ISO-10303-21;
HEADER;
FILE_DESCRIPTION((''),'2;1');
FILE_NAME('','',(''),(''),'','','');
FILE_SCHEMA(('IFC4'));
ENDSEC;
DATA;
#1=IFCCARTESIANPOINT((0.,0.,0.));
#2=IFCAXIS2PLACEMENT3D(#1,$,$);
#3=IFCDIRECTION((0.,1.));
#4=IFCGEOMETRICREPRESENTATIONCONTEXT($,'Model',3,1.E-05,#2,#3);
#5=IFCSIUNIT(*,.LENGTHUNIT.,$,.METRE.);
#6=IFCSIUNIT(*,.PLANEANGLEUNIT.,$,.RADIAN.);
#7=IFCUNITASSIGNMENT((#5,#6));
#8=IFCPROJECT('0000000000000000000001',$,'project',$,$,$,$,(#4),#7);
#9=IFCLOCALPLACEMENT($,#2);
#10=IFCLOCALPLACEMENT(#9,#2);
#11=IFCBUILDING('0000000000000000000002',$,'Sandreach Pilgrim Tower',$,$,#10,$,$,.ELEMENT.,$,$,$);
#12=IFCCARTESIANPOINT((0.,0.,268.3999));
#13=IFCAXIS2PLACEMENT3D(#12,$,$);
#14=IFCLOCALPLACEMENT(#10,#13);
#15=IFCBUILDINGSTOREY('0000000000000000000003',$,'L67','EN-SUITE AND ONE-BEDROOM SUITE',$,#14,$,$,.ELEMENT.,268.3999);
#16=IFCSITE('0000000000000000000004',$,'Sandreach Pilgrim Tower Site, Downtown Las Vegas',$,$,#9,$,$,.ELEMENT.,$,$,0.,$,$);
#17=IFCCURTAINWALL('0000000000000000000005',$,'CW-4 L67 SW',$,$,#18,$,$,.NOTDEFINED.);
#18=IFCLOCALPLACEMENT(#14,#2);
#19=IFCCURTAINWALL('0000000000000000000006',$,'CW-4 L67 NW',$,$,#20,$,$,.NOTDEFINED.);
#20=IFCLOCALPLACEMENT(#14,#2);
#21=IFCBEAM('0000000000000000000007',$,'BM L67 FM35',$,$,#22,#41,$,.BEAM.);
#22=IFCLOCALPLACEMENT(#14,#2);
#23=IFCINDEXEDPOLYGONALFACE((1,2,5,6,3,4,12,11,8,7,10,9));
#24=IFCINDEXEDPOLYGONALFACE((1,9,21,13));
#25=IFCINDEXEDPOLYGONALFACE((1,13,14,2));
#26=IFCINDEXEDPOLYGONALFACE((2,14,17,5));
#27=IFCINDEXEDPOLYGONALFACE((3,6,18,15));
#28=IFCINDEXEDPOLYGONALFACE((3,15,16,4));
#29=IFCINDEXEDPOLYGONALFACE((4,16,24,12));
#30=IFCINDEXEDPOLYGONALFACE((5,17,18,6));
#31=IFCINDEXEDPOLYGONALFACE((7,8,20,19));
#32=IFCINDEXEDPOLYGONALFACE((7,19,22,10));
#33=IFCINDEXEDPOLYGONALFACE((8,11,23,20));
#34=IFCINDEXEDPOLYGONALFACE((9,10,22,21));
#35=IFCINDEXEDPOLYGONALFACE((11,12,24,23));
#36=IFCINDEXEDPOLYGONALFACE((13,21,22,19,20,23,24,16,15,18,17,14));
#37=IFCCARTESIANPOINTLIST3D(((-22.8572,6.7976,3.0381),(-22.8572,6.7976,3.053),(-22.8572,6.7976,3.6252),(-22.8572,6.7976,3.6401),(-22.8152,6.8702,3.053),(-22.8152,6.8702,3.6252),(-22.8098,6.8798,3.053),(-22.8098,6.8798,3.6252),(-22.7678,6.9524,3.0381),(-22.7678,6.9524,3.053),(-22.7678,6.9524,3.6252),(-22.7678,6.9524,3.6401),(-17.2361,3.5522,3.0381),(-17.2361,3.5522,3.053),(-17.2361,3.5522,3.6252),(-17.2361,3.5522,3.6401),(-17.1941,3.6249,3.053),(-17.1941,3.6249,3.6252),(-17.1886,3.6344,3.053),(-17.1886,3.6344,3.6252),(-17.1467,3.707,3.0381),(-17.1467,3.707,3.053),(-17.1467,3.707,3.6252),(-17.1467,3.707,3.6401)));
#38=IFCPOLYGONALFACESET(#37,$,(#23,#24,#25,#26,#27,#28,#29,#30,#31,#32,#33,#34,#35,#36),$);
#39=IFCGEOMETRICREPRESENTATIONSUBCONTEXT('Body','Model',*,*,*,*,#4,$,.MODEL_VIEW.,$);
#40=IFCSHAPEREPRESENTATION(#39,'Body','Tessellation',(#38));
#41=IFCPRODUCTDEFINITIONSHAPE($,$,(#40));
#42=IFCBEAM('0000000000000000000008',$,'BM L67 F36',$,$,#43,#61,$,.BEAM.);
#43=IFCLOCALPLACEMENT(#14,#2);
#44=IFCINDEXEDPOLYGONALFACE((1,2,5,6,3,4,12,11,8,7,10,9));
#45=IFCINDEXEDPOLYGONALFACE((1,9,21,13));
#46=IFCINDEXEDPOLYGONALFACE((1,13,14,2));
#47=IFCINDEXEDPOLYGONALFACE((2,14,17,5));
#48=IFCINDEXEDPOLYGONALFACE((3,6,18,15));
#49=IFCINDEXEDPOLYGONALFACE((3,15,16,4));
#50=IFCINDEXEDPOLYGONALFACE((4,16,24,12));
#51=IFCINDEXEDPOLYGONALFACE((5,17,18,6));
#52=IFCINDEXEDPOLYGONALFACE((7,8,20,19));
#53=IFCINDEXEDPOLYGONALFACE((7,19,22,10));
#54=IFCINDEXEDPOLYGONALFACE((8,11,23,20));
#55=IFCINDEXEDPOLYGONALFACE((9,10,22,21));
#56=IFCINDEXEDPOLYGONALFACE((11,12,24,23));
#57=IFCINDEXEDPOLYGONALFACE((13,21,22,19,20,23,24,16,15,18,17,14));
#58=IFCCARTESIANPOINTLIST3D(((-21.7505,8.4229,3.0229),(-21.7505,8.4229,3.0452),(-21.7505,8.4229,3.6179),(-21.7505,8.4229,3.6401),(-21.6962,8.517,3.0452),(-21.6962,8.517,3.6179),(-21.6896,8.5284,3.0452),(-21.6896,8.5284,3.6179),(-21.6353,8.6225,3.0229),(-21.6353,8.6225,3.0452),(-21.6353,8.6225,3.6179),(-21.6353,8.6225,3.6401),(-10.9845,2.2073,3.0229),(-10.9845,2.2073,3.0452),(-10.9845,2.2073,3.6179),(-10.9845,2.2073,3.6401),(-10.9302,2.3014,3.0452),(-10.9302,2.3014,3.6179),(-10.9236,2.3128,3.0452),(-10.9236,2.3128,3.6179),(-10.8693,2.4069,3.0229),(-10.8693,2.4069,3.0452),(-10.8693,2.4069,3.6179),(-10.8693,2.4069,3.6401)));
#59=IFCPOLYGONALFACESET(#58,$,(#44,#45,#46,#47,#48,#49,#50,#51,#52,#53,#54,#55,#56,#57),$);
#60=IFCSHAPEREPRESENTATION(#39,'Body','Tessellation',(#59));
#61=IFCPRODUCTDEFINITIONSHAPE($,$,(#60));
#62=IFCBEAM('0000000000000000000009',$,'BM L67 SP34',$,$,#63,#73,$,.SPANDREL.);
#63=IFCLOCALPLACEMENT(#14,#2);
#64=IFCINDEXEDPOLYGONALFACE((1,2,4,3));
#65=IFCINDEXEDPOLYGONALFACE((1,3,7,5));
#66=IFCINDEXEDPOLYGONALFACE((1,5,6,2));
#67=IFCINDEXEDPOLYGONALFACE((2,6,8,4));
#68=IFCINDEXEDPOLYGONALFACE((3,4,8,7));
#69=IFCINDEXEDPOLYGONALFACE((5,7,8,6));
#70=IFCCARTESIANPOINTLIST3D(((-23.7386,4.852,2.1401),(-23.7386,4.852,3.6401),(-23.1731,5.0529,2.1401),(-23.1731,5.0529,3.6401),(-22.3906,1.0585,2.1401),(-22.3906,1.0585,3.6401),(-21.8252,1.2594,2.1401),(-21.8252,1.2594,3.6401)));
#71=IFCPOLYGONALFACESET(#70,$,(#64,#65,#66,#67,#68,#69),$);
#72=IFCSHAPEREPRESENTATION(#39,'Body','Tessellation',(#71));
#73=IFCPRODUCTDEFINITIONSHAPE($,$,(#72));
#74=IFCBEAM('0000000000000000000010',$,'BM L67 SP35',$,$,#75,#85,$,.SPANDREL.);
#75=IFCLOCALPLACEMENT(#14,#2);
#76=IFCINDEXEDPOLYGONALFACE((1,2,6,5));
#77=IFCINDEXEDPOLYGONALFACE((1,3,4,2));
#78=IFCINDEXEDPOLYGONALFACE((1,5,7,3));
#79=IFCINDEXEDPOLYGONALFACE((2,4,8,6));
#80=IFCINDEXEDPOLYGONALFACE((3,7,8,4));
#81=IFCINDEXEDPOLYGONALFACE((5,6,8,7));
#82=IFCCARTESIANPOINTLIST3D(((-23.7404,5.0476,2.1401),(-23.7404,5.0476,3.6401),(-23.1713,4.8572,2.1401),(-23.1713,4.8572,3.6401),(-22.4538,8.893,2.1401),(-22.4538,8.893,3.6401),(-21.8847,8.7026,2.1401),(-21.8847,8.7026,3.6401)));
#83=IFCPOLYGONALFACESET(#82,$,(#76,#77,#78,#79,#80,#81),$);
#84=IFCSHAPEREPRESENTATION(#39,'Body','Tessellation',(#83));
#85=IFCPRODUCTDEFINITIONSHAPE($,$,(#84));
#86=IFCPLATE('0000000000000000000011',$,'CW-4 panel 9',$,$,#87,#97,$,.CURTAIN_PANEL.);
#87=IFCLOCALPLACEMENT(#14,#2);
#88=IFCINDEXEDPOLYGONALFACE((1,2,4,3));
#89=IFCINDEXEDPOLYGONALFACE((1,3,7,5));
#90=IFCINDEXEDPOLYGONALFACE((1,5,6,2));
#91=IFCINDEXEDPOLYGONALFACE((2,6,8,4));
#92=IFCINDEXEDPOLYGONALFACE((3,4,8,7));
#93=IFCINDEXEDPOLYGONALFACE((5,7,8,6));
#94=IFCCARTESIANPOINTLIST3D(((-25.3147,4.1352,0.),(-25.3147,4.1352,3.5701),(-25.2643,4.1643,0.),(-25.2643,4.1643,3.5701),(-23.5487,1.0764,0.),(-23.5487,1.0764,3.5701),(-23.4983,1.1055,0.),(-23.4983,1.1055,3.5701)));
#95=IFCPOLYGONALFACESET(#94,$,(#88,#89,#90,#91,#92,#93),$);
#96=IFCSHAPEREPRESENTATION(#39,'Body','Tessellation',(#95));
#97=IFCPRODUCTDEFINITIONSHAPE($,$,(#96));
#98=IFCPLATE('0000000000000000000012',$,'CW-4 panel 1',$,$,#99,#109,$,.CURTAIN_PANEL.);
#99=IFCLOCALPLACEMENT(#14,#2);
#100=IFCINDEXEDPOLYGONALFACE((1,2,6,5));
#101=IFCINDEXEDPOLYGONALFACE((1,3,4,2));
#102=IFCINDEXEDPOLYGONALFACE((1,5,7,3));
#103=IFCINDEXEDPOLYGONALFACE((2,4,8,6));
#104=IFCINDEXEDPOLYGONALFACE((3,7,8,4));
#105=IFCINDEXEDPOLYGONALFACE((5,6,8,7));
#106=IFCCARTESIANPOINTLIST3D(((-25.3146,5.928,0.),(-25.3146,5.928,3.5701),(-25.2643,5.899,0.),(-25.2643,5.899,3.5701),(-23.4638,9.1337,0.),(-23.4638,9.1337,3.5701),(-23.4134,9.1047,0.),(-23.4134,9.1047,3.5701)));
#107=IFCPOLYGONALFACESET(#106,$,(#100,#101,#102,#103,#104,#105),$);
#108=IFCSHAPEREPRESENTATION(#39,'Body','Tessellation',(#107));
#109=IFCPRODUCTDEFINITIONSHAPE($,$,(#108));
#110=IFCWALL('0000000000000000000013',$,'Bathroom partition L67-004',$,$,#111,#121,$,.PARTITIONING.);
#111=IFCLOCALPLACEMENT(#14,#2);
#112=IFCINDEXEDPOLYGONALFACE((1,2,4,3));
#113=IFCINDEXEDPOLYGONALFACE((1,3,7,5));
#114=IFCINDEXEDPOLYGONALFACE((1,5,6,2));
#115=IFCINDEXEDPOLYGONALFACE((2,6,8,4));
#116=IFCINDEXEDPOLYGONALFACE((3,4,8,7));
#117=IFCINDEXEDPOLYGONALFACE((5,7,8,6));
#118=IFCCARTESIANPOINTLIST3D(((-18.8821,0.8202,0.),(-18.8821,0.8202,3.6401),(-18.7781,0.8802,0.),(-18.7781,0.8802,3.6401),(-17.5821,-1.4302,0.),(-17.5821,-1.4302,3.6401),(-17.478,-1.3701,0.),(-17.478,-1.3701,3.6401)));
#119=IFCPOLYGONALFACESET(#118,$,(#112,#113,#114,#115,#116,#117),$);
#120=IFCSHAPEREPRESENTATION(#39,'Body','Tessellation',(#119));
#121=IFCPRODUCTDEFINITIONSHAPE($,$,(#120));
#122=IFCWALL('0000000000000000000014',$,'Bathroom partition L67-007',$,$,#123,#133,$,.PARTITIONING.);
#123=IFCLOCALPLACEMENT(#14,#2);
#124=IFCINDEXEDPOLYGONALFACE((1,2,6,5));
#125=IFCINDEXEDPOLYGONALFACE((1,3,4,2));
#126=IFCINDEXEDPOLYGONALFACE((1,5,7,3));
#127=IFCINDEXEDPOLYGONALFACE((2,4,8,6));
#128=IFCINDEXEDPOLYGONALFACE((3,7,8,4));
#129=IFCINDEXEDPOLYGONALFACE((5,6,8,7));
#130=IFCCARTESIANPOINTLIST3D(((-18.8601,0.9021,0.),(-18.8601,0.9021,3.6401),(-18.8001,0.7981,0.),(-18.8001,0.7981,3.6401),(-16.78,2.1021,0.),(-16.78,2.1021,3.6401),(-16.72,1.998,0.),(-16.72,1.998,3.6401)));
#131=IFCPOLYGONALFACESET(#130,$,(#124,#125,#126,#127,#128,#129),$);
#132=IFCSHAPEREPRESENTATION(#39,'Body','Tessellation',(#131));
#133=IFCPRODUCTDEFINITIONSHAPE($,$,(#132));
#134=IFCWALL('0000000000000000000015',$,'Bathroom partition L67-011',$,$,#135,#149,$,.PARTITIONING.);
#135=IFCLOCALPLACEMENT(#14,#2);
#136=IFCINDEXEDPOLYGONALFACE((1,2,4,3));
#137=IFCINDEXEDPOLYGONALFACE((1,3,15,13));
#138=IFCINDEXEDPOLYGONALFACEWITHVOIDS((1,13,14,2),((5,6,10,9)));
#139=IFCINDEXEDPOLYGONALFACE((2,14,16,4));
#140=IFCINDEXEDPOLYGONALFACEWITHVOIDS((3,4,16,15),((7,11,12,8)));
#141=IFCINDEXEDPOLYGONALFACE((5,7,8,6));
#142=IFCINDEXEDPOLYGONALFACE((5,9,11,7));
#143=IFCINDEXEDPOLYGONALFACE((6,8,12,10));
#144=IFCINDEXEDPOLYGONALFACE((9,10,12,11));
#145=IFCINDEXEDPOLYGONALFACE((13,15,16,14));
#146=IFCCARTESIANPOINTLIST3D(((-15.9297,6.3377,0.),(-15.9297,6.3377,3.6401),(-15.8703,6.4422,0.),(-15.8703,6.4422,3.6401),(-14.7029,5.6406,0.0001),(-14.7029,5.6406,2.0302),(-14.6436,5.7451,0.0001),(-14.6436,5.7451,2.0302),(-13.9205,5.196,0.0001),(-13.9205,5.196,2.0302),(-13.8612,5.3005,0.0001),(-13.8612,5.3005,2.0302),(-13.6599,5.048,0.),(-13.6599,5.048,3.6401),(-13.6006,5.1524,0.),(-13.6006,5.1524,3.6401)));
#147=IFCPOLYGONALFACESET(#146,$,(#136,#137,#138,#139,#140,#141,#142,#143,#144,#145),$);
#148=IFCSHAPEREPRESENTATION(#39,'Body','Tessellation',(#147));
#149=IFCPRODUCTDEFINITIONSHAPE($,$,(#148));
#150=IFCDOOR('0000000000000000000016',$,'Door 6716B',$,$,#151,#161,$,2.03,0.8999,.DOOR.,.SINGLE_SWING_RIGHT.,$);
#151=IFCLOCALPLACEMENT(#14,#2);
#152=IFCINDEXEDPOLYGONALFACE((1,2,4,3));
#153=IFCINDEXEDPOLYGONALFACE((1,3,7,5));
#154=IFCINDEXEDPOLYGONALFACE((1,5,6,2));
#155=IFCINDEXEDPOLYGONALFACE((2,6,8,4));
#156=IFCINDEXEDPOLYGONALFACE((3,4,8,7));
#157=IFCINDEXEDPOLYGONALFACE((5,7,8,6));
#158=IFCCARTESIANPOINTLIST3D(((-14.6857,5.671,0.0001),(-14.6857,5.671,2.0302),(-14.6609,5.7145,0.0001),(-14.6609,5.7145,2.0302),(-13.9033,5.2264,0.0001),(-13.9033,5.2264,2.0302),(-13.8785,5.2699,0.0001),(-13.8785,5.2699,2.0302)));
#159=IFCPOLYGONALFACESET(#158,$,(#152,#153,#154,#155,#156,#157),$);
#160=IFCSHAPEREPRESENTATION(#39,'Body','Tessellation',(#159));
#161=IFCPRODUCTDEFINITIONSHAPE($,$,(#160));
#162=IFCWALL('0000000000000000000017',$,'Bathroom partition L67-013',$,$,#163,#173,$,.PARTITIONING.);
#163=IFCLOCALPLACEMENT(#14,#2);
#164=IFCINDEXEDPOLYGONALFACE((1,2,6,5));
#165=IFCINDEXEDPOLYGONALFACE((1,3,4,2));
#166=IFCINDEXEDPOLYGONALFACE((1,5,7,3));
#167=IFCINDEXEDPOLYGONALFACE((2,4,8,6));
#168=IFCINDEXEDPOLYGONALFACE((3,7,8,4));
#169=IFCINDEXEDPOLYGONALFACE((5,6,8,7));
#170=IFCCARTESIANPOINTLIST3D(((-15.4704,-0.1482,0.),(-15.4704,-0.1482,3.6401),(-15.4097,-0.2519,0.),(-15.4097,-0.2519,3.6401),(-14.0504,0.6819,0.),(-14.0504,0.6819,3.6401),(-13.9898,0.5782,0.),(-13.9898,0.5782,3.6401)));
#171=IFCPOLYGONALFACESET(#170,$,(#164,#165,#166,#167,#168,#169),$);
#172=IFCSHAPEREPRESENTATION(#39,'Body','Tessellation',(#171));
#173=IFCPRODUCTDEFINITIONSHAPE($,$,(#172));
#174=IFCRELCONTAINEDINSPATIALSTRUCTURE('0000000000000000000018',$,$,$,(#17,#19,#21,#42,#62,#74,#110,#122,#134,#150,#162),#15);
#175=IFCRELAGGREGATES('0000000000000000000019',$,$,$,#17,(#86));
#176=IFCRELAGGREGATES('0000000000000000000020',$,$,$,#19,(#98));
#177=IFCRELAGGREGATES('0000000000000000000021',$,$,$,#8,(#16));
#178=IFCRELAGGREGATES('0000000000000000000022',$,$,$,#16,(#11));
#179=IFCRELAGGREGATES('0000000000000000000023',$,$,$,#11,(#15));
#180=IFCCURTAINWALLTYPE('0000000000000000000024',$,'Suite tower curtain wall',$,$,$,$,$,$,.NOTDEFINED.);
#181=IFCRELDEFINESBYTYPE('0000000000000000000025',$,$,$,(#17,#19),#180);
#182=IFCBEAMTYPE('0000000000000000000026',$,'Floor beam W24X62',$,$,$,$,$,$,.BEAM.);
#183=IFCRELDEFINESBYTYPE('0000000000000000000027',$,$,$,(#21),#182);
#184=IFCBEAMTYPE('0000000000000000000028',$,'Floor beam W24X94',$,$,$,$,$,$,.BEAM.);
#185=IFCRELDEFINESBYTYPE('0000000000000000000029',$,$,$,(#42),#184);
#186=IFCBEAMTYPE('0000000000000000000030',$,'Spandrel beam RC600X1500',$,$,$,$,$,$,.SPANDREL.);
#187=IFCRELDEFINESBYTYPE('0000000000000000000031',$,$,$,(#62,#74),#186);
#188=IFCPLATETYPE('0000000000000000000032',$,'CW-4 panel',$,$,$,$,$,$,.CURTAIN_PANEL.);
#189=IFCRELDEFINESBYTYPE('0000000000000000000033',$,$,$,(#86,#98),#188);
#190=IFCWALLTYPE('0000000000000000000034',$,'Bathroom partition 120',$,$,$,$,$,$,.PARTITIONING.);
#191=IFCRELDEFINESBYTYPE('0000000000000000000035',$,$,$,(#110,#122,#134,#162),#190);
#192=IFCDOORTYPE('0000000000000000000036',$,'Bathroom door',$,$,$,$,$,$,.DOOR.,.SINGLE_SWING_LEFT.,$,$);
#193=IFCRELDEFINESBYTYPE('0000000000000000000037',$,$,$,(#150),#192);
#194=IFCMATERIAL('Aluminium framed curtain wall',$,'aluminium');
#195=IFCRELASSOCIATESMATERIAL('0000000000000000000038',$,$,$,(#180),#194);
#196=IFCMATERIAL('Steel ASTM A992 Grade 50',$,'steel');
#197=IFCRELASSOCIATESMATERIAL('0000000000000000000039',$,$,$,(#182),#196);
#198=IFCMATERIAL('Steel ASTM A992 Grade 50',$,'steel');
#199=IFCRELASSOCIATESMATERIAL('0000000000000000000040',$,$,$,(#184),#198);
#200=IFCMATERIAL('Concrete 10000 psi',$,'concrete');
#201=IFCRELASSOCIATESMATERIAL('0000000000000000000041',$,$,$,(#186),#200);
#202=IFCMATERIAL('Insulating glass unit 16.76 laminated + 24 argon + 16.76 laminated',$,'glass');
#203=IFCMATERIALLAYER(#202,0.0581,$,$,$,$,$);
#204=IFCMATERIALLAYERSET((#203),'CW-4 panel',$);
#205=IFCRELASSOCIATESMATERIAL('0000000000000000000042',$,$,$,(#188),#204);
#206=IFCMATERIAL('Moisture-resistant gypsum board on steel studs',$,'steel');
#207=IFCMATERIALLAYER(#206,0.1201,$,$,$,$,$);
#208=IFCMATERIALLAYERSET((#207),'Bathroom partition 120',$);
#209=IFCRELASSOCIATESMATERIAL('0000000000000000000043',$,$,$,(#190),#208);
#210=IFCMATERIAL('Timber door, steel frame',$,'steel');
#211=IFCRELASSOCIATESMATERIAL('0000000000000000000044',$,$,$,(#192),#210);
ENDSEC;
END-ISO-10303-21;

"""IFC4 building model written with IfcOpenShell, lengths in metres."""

from ifc_helpers import new_model, si_unit, direction, frame, frame_2d, origin, origin_2d, place, context, subcontext, project, spatial, rectangle, i_section, extrude, material, layer, layer_set, material_profile, profile_set, type_object, element, fill, aggregate, save


model = new_model("IFC4")

# Units and contexts
model_context = context("Model", 3, precision=1e-05, world=origin(), true_north=direction((0.0, 1.0)))
body_context = subcontext(model_context, "Body", "Model", "MODEL_VIEW")
ifc_project = project(units=[si_unit("LENGTHUNIT", "METRE"), si_unit("PLANEANGLEUNIT", "RADIAN")], contexts=[model_context])

# Site, building, storey
site_placement = place(None, origin())
site = spatial("IfcSite", under=ifc_project, at=site_placement, Name="Sandreach Pilgrim Tower Site, Downtown Las Vegas", CompositionType="ELEMENT", RefElevation=0.0)
building_placement = place(site_placement, origin())
building = spatial("IfcBuilding", under=site, at=building_placement, Name="Sandreach Pilgrim Tower", CompositionType="ELEMENT")
storey_placement = place(building_placement, frame((0.0, 0.0, 268.3999)))
storey = spatial("IfcBuildingStorey", under=building, at=storey_placement, Name="L67", Description="EN-SUITE AND ONE-BEDROOM SUITE", CompositionType="ELEMENT", Elevation=268.3999)

# Curtain wall
ifc_material_1 = material(Name="Aluminium framed curtain wall", Category="aluminium")
curtain_wall_type = type_object("IfcCurtainWallType", Name="Suite tower curtain wall", PredefinedType="NOTDEFINED", material=ifc_material_1)
curtain_wall_1_placement = place(storey_placement, origin())
curtain_wall_1 = element("IfcCurtainWall", 1, at=curtain_wall_1_placement, inside=storey, type_object=curtain_wall_type, Name="CW-4 L67 SW", PredefinedType="NOTDEFINED")

# Curtain wall
curtain_wall_2_placement = place(storey_placement, origin())
curtain_wall_2 = element("IfcCurtainWall", 2, at=curtain_wall_2_placement, inside=storey, type_object=curtain_wall_type, Name="CW-4 L67 NW", PredefinedType="NOTDEFINED")

# Beams
ifc_material_2 = material(Name="Steel ASTM A992 Grade 50", Category="steel")
ifc_material_profile_1 = material_profile(ifc_material_2, i_section(OverallWidth=0.1787, OverallDepth=0.6021, WebThickness=0.011, FlangeThickness=0.0149, at=origin_2d()), Name="W24X62")
ifc_profile_set_1 = profile_set([ifc_material_profile_1], Name="Steel ASTM A992 Grade 50")
beam_type_1 = type_object("IfcBeamType", Name="Floor beam W24X62", PredefinedType="BEAM", material=ifc_profile_set_1)
beam_1_placement = place(storey_placement, frame((-22.8125, 6.875, 3.3391), z_axis=(0.866024, -0.500002, 0.0), x_axis=(0.500002, 0.866024, 0.0)))
element("IfcBeam", 3, at=beam_1_placement, inside=storey, type_object=beam_type_1, Name="BM L67 FM35", PredefinedType="BEAM", context=body_context, shape_type="SweptSolid", body=[
    extrude(i_section(OverallWidth=0.1787, OverallDepth=0.6021, WebThickness=0.011, FlangeThickness=0.0149, at=origin_2d()), origin(), (0.0, 0.0, 1.0), 6.4907),
])
ifc_material_3 = material(Name="Steel ASTM A992 Grade 50", Category="steel")
ifc_material_profile_2 = material_profile(ifc_material_3, i_section(OverallWidth=0.2305, OverallDepth=0.6172, WebThickness=0.0132, FlangeThickness=0.0222, at=origin_2d()), Name="W24X94")
ifc_profile_set_2 = profile_set([ifc_material_profile_2], Name="Steel ASTM A992 Grade 50")
beam_type_2 = type_object("IfcBeamType", Name="Floor beam W24X94", PredefinedType="BEAM", material=ifc_profile_set_2)
beam_2_placement = place(storey_placement, frame((-21.6929, 8.5227, 3.3315), z_axis=(0.866029, -0.499994, 0.0), x_axis=(0.499994, 0.866029, 0.0)))
element("IfcBeam", 4, at=beam_2_placement, inside=storey, type_object=beam_type_2, Name="BM L67 F36", PredefinedType="BEAM", context=body_context, shape_type="SweptSolid", body=[
    extrude(i_section(OverallWidth=0.2305, OverallDepth=0.6172, WebThickness=0.0132, FlangeThickness=0.0222, at=origin_2d()), origin(), (0.0, 0.0, 1.0), 12.4314),
])
ifc_material_4 = material(Name="Concrete 10000 psi", Category="concrete")
ifc_material_profile_3 = material_profile(ifc_material_4, rectangle(XDim=0.6001, YDim=1.5, at=origin_2d()), Name="RC600X1500")
ifc_profile_set_3 = profile_set([ifc_material_profile_3], Name="Concrete 10000 psi")
beam_type_3 = type_object("IfcBeamType", Name="Spandrel beam RC600X1500", PredefinedType="SPANDREL", material=ifc_profile_set_3)
beam_3_placement = place(storey_placement, frame((-22.1079, 1.1589, 2.8901), z_axis=(-0.334815, 0.942284, 0.0), x_axis=(-0.942284, -0.334815, 0.0)))
element("IfcBeam", 5, at=beam_3_placement, inside=storey, type_object=beam_type_3, Name="BM L67 SP34", PredefinedType="SPANDREL", context=body_context, shape_type="SweptSolid", body=[
    extrude(rectangle(XDim=0.6001, YDim=1.5, at=origin_2d()), origin(), (0.0, 0.0, 1.0), 4.0259),
])
beam_4_placement = place(storey_placement, frame((-23.4558, 4.9524, 2.8901), z_axis=(0.317293, 0.948327, 0.0), x_axis=(-0.948327, 0.317293, 0.0)))
element("IfcBeam", 6, at=beam_4_placement, inside=storey, type_object=beam_type_3, Name="BM L67 SP35", PredefinedType="SPANDREL", context=body_context, shape_type="SweptSolid", body=[
    extrude(rectangle(XDim=0.6001, YDim=1.5, at=origin_2d()), origin(), (0.0, 0.0, 1.0), 4.0549),
])

# Plates
ifc_material_5 = material(Name="Insulating glass unit 16.76 laminated + 24 argon + 16.76 laminated", Category="glass")
ifc_layer_1 = layer(ifc_material_5, 0.0581)
ifc_layer_set_1 = layer_set([ifc_layer_1], Name="CW-4 panel")
plate_type = type_object("IfcPlateType", Name="CW-4 panel", PredefinedType="CURTAIN_PANEL", material=ifc_layer_set_1)
plate_1_placement = place(storey_placement, frame((-24.4065, 2.6204, 0.0), z_axis=(0.0, 0.0, 1.0), x_axis=(-0.5, 0.866025, 0.0)))
plate_1 = element("IfcPlate", 7, at=plate_1_placement, type_object=plate_type, Name="CW-4 panel 9", PredefinedType="CURTAIN_PANEL", context=body_context, shape_type="SweptSolid", body=[
    extrude(rectangle(XDim=3.532, YDim=0.0581, at=origin_2d()), origin(), (0.0, 0.0, 1.0), 3.5701),
])
aggregate(curtain_wall_1, [plate_1])
plate_2_placement = place(storey_placement, frame((-24.364, 7.5164, 0.0), z_axis=(0.0, 0.0, 1.0), x_axis=(0.5, 0.866025, 0.0)))
plate_2 = element("IfcPlate", 8, at=plate_2_placement, type_object=plate_type, Name="CW-4 panel 1", PredefinedType="CURTAIN_PANEL", context=body_context, shape_type="SweptSolid", body=[
    extrude(rectangle(XDim=3.7017, YDim=0.0581, at=origin_2d()), origin(), (0.0, 0.0, 1.0), 3.5701),
])
aggregate(curtain_wall_2, [plate_2])

# Walls
ifc_material_6 = material(Name="Moisture-resistant gypsum board on steel studs", Category="steel")
ifc_layer_2 = layer(ifc_material_6, 0.1201)
ifc_layer_set_2 = layer_set([ifc_layer_2], Name="Bathroom partition 120")
wall_type_1 = type_object("IfcWallType", Name="Bathroom partition 120", PredefinedType="PARTITIONING", material=ifc_layer_set_2)
wall_1_placement = place(storey_placement, frame((-18.8301, 0.8501, 0.0), z_axis=(0.0, 0.0, 1.0), x_axis=(0.500251, -0.86588, 0.0)))
element("IfcWall", 9, at=wall_1_placement, inside=storey, type_object=wall_type_1, Name="Bathroom partition L67-004", PredefinedType="PARTITIONING", context=body_context, shape_type="SweptSolid", body=[
    extrude(rectangle(XDim=2.5989, YDim=0.1201, at=frame_2d((1.2993, 0.0))), origin(), (0.0, 0.0, 1.0), 3.6401),
])
wall_2_placement = place(storey_placement, frame((-16.75, 2.05, 0.0), z_axis=(0.0, 0.0, 1.0), x_axis=(-0.866203, -0.499693, 0.0)))
element("IfcWall", 10, at=wall_2_placement, inside=storey, type_object=wall_type_1, Name="Bathroom partition L67-007", PredefinedType="PARTITIONING", context=body_context, shape_type="SweptSolid", body=[
    extrude(rectangle(XDim=2.4014, YDim=0.1201, at=frame_2d((1.2007, 0.0))), origin(), (0.0, 0.0, 1.0), 3.6401),
])

# Wall, opening, door
wall_3_placement = place(storey_placement, frame((-15.8999, 6.3899, 0.0), z_axis=(0.0, 0.0, 1.0), x_axis=(0.869432, -0.494053, 0.0)))
wall_3 = element("IfcWall", 11, at=wall_3_placement, inside=storey, type_object=wall_type_1, Name="Bathroom partition L67-011", PredefinedType="PARTITIONING", context=body_context, shape_type="SweptSolid", body=[
    extrude(rectangle(XDim=2.6106, YDim=0.1201, at=frame_2d((1.3052, 0.0))), origin(), (0.0, 0.0, 1.0), 3.6401),
])
opening_1_placement = place(wall_3_placement, frame((1.4109, 0.0, 0.0)))
opening_1 = element("IfcOpeningElement", 12, at=opening_1_placement, cuts=wall_3, PredefinedType="OPENING", context=body_context, shape_type="SweptSolid", body=[
    extrude(rectangle(XDim=0.8999, YDim=2.03, at=frame_2d((0.45, 1.0151))), frame((0.0, 0.0601, 0.0), z_axis=(0.0, -1.0, 0.0), x_axis=(1.0, 0.0, 0.0)), (0.0, 0.0, 1.0), 0.1201),
])
ifc_material_7 = material(Name="Timber door, steel frame", Category="steel")
door_type_1 = type_object("IfcDoorType", Name="Bathroom door", OperationType="SINGLE_SWING_LEFT", PredefinedType="DOOR", material=ifc_material_7)
door_1_placement = place(opening_1_placement, origin())
door_1 = element("IfcDoor", 13, at=door_1_placement, inside=storey, type_object=door_type_1, Name="Door 6716B", OperationType="SINGLE_SWING_RIGHT", OverallHeight=2.03, OverallWidth=0.8999, PredefinedType="DOOR", context=body_context, shape_type="SweptSolid", body=[
    extrude(rectangle(XDim=0.8999, YDim=2.03, at=frame_2d((0.45, 1.0151))), frame((0.0, 0.0249, 0.0), z_axis=(0.0, -1.0, 0.0), x_axis=(1.0, 0.0, 0.0)), (0.0, 0.0, 1.0), 0.05),
])
fill(opening_1, door_1)

# Wall
wall_4_placement = place(storey_placement, frame((-15.4399, -0.2, 0.0), z_axis=(0.0, 0.0, 1.0), x_axis=(0.863305, 0.504683, 0.0)))
element("IfcWall", 14, at=wall_4_placement, inside=storey, type_object=wall_type_1, Name="Bathroom partition L67-013", PredefinedType="PARTITIONING", context=body_context, shape_type="SweptSolid", body=[
    extrude(rectangle(XDim=1.6448, YDim=0.1201, at=frame_2d((0.8223, 0.0))), origin(), (0.0, 0.0, 1.0), 3.6401),
])

save(model, "model.ifc")
